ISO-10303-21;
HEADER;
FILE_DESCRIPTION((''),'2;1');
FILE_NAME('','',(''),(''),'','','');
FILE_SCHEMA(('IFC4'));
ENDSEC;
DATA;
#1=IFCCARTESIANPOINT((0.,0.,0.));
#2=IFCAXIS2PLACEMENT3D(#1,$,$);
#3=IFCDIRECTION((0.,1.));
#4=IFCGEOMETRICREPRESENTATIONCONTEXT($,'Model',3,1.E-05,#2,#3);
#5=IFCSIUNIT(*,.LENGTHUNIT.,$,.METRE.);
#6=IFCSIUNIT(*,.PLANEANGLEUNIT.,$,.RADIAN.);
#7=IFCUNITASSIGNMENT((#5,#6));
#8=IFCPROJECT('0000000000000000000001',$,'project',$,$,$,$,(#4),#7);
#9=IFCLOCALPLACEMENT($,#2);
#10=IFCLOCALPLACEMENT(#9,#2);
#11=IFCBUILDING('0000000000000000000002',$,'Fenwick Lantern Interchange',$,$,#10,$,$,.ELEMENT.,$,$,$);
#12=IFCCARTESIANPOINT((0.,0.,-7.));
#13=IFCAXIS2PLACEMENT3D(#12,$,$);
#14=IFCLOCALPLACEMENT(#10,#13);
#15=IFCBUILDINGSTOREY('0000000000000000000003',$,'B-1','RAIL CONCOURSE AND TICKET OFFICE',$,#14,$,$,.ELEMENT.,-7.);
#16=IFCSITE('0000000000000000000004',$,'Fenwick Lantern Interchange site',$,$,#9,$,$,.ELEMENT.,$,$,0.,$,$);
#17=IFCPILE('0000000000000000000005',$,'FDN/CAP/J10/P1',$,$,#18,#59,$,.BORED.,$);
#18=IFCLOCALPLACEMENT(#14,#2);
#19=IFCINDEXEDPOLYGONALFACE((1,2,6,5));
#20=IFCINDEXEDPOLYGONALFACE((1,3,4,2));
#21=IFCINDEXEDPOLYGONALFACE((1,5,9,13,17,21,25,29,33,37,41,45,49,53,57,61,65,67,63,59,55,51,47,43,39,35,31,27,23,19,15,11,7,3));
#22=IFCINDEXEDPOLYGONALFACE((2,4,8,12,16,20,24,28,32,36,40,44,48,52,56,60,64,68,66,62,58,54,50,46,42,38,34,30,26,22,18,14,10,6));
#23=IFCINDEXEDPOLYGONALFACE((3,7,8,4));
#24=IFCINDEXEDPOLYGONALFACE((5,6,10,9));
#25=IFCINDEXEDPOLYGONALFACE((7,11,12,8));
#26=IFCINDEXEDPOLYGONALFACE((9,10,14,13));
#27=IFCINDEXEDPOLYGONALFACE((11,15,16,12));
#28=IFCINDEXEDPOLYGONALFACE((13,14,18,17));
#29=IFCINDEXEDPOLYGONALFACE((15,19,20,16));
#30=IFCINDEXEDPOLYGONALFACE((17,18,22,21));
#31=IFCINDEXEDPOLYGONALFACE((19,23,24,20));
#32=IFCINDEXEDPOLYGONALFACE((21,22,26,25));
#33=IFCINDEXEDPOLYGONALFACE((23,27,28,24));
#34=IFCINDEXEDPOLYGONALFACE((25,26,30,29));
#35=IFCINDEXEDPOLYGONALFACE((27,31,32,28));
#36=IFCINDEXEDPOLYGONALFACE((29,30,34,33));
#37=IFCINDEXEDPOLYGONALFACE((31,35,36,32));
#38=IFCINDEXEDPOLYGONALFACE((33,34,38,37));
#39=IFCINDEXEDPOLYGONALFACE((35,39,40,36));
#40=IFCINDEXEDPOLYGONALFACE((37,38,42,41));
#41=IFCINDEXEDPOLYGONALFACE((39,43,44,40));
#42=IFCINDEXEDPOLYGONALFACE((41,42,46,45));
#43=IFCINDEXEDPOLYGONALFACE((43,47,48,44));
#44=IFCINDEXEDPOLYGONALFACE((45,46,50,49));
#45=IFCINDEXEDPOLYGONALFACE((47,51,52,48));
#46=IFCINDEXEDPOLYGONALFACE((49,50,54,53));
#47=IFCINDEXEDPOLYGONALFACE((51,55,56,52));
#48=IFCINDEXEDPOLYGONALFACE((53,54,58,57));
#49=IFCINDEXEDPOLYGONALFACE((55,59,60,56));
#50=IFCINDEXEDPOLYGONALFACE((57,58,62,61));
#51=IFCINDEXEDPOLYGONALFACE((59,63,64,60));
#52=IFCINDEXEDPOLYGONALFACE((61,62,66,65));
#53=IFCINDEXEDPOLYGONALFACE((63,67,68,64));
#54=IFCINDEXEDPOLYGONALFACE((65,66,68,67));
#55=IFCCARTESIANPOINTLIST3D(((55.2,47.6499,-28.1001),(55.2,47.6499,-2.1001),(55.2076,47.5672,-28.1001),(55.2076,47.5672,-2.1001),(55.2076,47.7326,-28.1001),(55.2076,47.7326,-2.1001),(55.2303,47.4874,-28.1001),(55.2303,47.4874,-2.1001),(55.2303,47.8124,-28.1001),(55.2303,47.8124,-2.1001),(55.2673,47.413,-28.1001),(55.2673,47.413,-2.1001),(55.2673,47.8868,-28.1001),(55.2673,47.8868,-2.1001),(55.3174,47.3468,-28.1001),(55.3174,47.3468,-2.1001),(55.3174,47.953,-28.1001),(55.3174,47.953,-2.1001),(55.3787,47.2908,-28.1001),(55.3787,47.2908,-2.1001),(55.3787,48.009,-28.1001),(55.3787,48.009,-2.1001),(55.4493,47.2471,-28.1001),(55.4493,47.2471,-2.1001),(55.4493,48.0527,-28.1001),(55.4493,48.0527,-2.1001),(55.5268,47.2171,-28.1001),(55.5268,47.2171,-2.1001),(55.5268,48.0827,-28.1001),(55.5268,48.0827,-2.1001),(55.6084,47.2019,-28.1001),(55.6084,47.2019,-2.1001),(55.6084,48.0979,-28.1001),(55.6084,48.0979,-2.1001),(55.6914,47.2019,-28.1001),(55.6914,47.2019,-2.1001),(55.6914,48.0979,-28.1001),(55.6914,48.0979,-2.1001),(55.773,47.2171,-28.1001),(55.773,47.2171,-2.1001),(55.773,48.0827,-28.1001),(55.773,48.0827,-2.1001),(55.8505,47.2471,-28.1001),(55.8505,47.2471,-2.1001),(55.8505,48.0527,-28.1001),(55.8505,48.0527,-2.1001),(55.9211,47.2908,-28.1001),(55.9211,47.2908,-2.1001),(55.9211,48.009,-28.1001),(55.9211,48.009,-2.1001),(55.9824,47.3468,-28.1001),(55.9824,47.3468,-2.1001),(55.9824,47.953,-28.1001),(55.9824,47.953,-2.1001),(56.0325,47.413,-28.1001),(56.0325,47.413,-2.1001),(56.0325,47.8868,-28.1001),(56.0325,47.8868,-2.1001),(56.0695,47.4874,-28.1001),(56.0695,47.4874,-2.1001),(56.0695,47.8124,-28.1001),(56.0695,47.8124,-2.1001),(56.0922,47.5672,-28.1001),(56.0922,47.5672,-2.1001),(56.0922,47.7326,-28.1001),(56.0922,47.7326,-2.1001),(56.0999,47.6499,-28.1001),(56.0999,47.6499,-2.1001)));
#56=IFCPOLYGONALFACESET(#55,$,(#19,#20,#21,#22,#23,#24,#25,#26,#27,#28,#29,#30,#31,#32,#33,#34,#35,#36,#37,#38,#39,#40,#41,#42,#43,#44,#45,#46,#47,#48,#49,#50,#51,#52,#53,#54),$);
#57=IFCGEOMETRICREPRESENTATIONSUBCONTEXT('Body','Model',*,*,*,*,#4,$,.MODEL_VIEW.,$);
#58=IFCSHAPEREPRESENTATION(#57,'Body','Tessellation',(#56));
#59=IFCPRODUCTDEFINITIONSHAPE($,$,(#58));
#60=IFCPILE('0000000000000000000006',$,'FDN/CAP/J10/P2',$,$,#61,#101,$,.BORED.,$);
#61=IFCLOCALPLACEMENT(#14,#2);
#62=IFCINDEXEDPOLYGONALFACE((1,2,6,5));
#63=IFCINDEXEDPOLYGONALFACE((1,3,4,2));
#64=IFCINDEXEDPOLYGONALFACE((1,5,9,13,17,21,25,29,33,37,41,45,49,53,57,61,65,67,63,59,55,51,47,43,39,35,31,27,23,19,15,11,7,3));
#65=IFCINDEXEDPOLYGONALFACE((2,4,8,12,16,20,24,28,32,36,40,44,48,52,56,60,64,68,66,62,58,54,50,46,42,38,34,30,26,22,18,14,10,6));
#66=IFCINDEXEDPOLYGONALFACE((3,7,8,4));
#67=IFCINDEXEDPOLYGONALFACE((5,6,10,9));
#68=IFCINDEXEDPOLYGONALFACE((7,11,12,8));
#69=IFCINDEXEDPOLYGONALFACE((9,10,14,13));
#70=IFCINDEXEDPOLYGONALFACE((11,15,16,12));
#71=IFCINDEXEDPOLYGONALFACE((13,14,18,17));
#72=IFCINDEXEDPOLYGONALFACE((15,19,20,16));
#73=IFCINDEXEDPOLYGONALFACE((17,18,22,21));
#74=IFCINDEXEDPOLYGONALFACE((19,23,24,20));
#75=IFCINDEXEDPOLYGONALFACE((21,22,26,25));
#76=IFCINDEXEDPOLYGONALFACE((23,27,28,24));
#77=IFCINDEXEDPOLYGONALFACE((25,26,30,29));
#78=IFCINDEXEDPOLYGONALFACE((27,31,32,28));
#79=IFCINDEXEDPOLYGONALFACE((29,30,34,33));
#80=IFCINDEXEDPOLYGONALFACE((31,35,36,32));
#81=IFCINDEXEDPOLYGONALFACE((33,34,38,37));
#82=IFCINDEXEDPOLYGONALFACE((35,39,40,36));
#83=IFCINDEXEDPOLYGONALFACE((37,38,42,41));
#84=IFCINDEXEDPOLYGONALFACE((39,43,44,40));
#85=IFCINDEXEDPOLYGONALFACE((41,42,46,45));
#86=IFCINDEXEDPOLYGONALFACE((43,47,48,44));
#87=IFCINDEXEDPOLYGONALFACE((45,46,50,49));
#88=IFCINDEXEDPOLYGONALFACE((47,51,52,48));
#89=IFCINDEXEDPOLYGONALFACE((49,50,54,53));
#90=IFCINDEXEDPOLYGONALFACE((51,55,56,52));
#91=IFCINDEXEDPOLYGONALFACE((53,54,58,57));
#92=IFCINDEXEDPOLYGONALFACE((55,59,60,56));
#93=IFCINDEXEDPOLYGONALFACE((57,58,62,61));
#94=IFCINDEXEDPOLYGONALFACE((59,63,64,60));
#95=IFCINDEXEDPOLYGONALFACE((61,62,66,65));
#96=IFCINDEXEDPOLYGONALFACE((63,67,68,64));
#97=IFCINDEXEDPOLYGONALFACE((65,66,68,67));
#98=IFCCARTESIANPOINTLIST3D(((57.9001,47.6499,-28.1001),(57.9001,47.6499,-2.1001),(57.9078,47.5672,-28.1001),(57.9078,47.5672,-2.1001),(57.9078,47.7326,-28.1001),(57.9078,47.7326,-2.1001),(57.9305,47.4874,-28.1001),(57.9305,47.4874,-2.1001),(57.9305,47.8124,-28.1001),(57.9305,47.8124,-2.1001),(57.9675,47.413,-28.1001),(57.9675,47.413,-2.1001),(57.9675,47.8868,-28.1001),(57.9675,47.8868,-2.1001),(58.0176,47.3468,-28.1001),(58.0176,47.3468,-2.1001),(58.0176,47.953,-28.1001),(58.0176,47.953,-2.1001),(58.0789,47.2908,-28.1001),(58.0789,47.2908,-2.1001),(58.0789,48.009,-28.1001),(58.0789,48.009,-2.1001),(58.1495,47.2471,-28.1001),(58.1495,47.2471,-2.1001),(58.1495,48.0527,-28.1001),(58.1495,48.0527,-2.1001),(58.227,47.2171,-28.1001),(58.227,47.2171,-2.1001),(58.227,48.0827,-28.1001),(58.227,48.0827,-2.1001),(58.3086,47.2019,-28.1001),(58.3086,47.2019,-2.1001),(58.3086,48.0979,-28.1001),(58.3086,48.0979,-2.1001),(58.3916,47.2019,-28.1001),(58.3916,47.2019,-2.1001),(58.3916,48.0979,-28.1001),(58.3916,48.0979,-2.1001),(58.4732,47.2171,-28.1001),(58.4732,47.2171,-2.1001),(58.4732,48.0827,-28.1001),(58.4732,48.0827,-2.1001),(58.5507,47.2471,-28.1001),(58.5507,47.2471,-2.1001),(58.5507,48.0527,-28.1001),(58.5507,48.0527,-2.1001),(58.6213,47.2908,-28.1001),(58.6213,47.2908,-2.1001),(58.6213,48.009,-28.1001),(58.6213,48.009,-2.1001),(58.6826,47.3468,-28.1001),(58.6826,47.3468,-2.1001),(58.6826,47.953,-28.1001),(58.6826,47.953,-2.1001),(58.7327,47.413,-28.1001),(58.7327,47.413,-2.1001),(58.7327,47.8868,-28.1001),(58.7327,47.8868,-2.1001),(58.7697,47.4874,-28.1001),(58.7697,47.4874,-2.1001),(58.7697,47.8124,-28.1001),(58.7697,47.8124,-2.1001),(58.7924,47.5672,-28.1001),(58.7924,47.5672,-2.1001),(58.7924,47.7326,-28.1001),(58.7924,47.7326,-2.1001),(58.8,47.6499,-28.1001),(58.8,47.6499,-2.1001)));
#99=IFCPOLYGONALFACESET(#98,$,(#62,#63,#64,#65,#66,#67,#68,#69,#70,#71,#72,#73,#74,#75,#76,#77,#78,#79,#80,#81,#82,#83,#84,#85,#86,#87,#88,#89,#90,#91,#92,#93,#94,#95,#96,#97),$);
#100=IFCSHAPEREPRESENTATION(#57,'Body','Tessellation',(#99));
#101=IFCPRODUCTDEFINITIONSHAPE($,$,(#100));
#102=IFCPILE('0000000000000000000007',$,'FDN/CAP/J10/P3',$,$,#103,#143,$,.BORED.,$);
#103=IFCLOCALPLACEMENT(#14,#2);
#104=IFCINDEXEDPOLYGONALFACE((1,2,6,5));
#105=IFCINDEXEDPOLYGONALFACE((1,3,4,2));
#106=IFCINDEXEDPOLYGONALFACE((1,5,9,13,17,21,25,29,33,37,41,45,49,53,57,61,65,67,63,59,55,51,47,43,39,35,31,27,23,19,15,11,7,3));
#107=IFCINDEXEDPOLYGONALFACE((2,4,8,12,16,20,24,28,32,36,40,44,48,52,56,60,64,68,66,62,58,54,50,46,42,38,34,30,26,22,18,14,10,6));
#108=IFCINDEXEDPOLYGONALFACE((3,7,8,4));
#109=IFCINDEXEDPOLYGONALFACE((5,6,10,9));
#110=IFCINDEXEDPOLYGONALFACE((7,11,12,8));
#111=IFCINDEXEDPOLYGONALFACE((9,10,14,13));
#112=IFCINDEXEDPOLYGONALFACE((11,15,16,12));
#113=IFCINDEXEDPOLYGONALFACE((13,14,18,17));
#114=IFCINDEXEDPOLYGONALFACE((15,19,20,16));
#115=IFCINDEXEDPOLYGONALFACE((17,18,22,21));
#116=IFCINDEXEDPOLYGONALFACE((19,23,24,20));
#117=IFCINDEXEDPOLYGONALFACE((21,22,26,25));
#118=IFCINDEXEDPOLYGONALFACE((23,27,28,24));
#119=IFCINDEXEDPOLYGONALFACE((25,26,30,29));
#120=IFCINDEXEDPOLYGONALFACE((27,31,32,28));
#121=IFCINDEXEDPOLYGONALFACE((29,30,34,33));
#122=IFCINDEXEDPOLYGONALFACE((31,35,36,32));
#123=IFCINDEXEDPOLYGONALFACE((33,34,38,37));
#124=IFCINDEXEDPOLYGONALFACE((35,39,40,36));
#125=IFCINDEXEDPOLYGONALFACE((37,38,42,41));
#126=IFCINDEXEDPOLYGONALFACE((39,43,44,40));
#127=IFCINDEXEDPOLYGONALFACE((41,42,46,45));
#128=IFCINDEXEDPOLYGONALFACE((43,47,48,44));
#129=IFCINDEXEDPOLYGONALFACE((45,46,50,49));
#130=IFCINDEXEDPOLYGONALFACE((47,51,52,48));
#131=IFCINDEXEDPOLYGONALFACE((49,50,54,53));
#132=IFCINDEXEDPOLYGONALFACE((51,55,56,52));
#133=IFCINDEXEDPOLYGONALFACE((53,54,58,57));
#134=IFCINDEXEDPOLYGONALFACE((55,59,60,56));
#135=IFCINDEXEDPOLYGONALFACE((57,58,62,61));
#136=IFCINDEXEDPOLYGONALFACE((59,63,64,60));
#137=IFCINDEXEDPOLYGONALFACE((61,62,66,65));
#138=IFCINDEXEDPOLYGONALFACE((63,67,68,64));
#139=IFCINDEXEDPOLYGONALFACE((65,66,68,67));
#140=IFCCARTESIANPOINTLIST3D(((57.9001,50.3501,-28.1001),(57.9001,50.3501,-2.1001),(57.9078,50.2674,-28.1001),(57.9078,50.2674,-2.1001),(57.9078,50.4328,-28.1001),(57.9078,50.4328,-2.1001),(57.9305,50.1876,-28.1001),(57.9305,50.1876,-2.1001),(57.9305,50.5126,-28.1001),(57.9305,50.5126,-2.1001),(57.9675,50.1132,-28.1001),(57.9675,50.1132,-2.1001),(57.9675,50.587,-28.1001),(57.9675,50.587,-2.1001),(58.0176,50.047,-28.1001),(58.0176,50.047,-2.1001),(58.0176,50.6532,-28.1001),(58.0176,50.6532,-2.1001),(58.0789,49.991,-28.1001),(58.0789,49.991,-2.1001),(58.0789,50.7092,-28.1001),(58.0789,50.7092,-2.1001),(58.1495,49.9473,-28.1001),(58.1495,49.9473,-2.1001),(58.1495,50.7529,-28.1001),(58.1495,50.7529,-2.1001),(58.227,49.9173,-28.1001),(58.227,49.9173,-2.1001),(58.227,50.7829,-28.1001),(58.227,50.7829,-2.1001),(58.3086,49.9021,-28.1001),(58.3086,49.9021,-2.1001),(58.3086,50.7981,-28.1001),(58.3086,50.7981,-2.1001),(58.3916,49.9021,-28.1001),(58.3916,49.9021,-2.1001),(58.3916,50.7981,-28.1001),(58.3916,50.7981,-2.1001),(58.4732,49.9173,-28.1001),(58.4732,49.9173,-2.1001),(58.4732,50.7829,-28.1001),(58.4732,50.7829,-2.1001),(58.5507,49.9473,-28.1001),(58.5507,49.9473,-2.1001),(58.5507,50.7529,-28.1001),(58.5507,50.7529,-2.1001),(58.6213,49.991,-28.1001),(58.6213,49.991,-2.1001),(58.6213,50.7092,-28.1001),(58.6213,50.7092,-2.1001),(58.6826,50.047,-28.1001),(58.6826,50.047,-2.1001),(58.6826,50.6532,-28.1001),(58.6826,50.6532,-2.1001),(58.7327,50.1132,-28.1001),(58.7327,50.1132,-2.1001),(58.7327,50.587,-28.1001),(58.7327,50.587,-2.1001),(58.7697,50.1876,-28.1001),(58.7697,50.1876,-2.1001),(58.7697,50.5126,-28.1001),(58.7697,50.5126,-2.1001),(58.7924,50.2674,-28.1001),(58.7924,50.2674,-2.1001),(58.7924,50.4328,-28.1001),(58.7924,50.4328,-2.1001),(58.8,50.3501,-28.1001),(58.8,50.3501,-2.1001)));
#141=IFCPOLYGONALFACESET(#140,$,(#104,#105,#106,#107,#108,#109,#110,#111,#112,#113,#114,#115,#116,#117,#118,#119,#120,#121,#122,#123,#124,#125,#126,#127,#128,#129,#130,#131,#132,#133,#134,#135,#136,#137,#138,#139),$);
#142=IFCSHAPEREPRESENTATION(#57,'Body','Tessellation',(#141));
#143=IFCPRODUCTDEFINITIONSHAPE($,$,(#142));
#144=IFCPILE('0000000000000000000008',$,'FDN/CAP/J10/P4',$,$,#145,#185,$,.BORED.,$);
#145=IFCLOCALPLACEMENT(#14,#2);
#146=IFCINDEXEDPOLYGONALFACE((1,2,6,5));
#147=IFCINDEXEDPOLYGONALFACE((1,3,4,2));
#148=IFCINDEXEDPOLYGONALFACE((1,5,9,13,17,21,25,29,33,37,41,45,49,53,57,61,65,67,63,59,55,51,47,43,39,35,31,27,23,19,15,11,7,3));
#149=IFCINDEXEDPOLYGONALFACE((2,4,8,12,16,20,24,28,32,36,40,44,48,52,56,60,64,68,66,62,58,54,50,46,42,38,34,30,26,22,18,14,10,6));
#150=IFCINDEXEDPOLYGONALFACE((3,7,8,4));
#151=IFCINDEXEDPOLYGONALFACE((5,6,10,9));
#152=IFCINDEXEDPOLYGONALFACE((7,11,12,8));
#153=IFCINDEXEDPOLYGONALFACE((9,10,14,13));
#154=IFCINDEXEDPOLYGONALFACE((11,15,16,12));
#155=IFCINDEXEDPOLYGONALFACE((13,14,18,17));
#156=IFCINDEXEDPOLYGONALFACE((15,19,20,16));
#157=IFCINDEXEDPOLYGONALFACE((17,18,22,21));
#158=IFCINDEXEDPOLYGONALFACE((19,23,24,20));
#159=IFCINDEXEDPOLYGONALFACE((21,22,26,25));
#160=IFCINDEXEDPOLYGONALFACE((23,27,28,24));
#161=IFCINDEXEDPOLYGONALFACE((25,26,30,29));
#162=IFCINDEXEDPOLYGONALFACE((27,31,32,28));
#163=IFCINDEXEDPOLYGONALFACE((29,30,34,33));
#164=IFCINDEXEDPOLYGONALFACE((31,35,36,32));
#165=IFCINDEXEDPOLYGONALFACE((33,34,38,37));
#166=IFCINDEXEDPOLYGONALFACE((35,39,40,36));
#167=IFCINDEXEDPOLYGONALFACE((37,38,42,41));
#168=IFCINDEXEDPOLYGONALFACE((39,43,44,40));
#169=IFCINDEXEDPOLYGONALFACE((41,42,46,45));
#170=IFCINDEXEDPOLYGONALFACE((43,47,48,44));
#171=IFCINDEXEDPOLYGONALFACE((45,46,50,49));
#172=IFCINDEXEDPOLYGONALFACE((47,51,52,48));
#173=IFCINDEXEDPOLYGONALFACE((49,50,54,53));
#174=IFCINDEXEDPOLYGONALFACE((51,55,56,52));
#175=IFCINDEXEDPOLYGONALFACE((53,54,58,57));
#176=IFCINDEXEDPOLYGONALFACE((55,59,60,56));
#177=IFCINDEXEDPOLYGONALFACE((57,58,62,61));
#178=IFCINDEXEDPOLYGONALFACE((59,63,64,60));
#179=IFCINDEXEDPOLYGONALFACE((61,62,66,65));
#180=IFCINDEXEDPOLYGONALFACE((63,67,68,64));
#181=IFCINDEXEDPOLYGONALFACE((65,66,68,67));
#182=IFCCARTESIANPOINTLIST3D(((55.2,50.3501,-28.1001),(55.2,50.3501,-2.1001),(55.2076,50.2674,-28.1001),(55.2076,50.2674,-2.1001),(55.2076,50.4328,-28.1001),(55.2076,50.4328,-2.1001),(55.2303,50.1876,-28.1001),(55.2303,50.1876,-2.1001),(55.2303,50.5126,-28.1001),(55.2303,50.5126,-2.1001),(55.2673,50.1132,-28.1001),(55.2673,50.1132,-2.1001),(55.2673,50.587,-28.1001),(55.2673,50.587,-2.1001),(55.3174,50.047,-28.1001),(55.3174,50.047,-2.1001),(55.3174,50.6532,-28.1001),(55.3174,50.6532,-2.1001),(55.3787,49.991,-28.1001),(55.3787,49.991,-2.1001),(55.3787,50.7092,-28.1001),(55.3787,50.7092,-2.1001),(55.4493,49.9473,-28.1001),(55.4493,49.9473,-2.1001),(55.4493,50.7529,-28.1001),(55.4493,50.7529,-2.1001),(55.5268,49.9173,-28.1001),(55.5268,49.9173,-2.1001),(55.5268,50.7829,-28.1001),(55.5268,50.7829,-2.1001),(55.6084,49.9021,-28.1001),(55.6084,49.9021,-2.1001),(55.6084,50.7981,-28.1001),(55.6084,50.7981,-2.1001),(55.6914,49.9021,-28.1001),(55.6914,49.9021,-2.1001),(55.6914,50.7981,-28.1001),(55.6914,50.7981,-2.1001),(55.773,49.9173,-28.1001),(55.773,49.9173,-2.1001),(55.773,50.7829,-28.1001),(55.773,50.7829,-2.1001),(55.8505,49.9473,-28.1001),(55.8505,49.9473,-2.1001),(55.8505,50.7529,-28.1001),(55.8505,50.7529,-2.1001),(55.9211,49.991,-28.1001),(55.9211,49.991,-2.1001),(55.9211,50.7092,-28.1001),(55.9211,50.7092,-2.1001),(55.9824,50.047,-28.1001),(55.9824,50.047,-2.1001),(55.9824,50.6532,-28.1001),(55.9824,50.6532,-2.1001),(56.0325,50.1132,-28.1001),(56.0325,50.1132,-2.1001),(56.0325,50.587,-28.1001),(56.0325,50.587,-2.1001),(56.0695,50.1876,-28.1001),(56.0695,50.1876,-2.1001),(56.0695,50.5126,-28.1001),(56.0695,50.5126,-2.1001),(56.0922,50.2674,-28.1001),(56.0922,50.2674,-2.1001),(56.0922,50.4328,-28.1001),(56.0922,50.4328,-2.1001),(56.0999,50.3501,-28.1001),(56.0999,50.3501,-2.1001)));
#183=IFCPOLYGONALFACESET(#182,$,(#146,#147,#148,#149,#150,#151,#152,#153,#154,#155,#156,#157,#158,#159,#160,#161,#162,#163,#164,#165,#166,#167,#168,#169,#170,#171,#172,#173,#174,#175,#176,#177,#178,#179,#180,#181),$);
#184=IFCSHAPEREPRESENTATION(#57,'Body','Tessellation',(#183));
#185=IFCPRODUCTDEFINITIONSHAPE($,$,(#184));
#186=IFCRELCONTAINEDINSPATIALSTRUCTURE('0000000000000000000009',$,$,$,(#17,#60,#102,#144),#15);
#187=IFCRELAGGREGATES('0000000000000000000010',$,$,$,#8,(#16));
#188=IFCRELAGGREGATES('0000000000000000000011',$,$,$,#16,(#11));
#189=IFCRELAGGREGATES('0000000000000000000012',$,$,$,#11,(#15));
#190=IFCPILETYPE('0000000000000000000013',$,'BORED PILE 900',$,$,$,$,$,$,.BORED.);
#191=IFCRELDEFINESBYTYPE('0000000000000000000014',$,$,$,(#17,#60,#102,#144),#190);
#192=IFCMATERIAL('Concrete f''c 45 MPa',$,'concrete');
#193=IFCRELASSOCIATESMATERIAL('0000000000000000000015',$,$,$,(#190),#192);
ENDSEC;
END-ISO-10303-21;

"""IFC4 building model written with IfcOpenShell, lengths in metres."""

from ifc_helpers import new_model, si_unit, direction, frame, origin, origin_2d, place, context, subcontext, project, spatial, circle, extrude, material, type_object, element, save


model = new_model("IFC4")

# Units and contexts
model_context = context("Model", 3, precision=1e-05, world=origin(), true_north=direction((0.0, 1.0)))
body_context = subcontext(model_context, "Body", "Model", "MODEL_VIEW")
ifc_project = project(units=[si_unit("LENGTHUNIT", "METRE"), si_unit("PLANEANGLEUNIT", "RADIAN")], contexts=[model_context])

# Site, building, storey
site_placement = place(None, origin())
site = spatial("IfcSite", under=ifc_project, at=site_placement, Name="Fenwick Lantern Interchange site", CompositionType="ELEMENT", RefElevation=0.0)
building_placement = place(site_placement, origin())
building = spatial("IfcBuilding", under=site, at=building_placement, Name="Fenwick Lantern Interchange", CompositionType="ELEMENT")
storey_placement = place(building_placement, frame((0.0, 0.0, -7.0)))
storey = spatial("IfcBuildingStorey", under=building, at=storey_placement, Name="B-1", Description="RAIL CONCOURSE AND TICKET OFFICE", CompositionType="ELEMENT", Elevation=-7.0)

# Piles
ifc_material_1 = material(Name="Concrete f'c 45 MPa", Category="concrete")
pile_type_1 = type_object("IfcPileType", Name="BORED PILE 900", PredefinedType="BORED", material=ifc_material_1)
for number, where, z_axis, x_axis, name in (
    (1, (55.6499, 47.6499, -2.1001), (0.0, 0.0, -1.0), (1.0, 0.0, 0.0), "FDN/CAP/J10/P1"),
    (2, (58.3501, 47.6499, -2.1001), (0.0, 0.0, -1.0), (1.0, 0.0, 0.0), "FDN/CAP/J10/P2"),
    (3, (58.3501, 50.3501, -2.1001), (0.0, 0.0, -1.0), (1.0, 0.0, 0.0), "FDN/CAP/J10/P3"),
    (4, (55.6499, 50.3501, -2.1001), (0.0, 0.0, -1.0), (1.0, 0.0, 0.0), "FDN/CAP/J10/P4"),
):
    element("IfcPile", number, at=place(storey_placement, frame(where, z_axis=z_axis, x_axis=x_axis)), inside=storey, type_object=pile_type_1, Name=name, PredefinedType="BORED", context=body_context, shape_type="SweptSolid", body=[
        extrude(circle(Radius=0.45, at=origin_2d()), origin(), (0.0, 0.0, 1.0), 26.0),
    ])

save(model, "model.ifc")
